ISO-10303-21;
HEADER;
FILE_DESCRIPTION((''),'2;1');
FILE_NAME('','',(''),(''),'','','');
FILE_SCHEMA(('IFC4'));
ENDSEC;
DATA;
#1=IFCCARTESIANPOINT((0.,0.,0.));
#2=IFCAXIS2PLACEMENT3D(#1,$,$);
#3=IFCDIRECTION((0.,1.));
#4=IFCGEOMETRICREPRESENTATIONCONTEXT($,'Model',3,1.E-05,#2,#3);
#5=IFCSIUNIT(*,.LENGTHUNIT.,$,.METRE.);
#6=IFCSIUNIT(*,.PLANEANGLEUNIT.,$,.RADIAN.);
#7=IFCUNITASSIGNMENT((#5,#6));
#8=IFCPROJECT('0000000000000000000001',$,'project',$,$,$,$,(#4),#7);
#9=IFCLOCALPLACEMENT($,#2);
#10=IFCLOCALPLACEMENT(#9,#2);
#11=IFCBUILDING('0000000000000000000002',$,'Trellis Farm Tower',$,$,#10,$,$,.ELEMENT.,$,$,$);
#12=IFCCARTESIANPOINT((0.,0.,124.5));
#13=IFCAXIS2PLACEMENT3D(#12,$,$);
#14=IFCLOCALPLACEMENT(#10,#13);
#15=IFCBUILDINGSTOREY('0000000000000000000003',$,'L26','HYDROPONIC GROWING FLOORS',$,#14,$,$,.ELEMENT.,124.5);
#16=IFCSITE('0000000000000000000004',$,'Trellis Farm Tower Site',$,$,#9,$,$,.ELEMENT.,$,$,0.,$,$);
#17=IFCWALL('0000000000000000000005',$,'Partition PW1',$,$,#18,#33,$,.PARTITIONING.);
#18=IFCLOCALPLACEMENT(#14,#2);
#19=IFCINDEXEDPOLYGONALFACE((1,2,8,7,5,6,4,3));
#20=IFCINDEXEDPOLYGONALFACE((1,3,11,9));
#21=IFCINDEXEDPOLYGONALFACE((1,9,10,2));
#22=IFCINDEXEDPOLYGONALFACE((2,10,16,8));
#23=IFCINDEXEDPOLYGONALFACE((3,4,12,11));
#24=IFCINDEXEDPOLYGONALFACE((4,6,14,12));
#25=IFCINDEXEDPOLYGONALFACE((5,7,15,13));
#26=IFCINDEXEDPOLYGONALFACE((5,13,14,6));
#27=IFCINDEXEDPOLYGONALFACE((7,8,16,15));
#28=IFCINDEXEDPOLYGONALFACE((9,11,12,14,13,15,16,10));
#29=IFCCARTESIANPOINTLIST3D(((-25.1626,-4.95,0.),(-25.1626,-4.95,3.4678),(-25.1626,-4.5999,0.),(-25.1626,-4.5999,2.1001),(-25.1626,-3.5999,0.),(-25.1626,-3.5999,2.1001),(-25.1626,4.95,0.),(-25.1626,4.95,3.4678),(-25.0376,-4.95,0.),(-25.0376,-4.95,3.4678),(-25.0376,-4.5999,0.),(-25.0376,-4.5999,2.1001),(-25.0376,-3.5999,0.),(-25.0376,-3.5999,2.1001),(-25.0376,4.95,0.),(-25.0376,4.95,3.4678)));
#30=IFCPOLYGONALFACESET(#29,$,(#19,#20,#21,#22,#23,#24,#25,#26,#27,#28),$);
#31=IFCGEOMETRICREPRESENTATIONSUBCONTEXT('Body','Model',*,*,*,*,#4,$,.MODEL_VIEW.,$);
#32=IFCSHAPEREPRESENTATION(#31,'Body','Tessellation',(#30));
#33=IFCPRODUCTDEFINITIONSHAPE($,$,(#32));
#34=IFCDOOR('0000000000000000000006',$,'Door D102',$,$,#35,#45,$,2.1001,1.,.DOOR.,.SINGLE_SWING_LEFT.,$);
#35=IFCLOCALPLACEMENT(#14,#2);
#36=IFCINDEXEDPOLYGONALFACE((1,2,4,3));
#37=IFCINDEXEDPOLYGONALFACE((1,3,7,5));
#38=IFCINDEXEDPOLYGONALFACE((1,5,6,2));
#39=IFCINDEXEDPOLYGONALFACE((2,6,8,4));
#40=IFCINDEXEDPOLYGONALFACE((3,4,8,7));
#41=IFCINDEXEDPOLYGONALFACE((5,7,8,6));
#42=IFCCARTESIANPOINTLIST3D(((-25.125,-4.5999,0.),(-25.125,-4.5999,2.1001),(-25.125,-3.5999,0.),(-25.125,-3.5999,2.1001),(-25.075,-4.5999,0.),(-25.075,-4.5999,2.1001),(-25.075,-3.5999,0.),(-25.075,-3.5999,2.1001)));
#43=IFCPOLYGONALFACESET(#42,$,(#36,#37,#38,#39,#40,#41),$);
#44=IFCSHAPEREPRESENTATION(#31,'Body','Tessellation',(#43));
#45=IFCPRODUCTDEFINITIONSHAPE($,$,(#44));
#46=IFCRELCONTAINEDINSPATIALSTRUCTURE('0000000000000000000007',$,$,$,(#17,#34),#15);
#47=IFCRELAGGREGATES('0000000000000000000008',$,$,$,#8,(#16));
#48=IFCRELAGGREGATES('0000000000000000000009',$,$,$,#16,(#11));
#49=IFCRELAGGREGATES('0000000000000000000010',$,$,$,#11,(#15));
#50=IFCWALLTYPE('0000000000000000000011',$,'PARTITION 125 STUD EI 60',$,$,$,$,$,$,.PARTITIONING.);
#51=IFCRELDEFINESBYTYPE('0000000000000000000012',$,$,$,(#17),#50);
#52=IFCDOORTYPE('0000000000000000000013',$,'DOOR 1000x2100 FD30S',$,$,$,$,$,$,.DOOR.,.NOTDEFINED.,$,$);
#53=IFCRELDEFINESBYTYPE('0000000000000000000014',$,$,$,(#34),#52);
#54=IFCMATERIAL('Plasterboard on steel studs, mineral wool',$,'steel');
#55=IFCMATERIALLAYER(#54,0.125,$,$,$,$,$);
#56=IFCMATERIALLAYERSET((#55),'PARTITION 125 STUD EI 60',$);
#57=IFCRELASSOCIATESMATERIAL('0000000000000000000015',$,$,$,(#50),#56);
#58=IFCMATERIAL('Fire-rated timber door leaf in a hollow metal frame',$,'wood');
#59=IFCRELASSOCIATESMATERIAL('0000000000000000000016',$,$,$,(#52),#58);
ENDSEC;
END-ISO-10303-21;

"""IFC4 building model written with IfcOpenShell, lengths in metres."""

from ifc_helpers import new_model, si_unit, direction, frame, frame_2d, origin, place, context, subcontext, project, spatial, rectangle, extrude, source, transform, mapped, material, layer, layer_set, type_object, element, fill, save


model = new_model("IFC4")

# Units and contexts
model_context = context("Model", 3, precision=1e-05, world=origin(), true_north=direction((0.0, 1.0)))
body_context = subcontext(model_context, "Body", "Model", "MODEL_VIEW")
ifc_project = project(units=[si_unit("LENGTHUNIT", "METRE"), si_unit("PLANEANGLEUNIT", "RADIAN")], contexts=[model_context])

# Site, building, storey
site_placement = place(None, origin())
site = spatial("IfcSite", under=ifc_project, at=site_placement, Name="Trellis Farm Tower Site", CompositionType="ELEMENT", RefElevation=0.0)
building_placement = place(site_placement, origin())
building = spatial("IfcBuilding", under=site, at=building_placement, Name="Trellis Farm Tower", CompositionType="ELEMENT")
storey_placement = place(building_placement, frame((0.0, 0.0, 124.5)))
storey = spatial("IfcBuildingStorey", under=building, at=storey_placement, Name="L26", Description="HYDROPONIC GROWING FLOORS", CompositionType="ELEMENT", Elevation=124.5)

# Wall, opening, door
ifc_material_1 = material(Name="Plasterboard on steel studs, mineral wool", Category="steel")
ifc_layer_1 = layer(ifc_material_1, 0.125)
ifc_layer_set_1 = layer_set([ifc_layer_1], Name="PARTITION 125 STUD EI 60")
wall_type_1 = type_object("IfcWallType", Name="PARTITION 125 STUD EI 60", PredefinedType="PARTITIONING", material=ifc_layer_set_1)
shared_shape_1 = source(origin(), body_context, "Body", "SweptSolid", [
    extrude(rectangle(XDim=9.8999, YDim=0.125, at=frame_2d((4.95, 0.0))), origin(), (0.0, 0.0, 1.0), 3.4678),
])
wall_1_placement = place(storey_placement, frame((-25.1001, -4.95, 0.0), z_axis=(0.0, 0.0, 1.0), x_axis=(0.0, 1.0, 0.0)))
wall_1 = element("IfcWall", 1, at=wall_1_placement, inside=storey, type_object=wall_type_1, Name="Partition PW1", PredefinedType="PARTITIONING", context=body_context, shape_type="MappedRepresentation", body=[
    mapped(shared_shape_1, transform((0.0, 0.0, 0.0))),
])
shared_shape_2 = source(origin(), body_context, "Body", "SweptSolid", [
    extrude(rectangle(XDim=1.0, YDim=2.1001, at=frame_2d((0.5, 1.05))), frame((0.0, 0.0725, 0.0), z_axis=(0.0, -1.0, 0.0), x_axis=(1.0, 0.0, 0.0)), (0.0, 0.0, 1.0), 0.145),
])
opening_1_placement = place(wall_1_placement, frame((0.3501, 0.0, 0.0)))
opening_1 = element("IfcOpeningElement", 2, at=opening_1_placement, cuts=wall_1, PredefinedType="OPENING", context=body_context, shape_type="MappedRepresentation", body=[
    mapped(shared_shape_2, transform((0.0, 0.0, 0.0))),
])
ifc_material_2 = material(Name="Fire-rated timber door leaf in a hollow metal frame", Category="wood")
door_type_1 = type_object("IfcDoorType", Name="DOOR 1000x2100 FD30S", OperationType="NOTDEFINED", PredefinedType="DOOR", material=ifc_material_2)
shared_shape_3 = source(origin(), body_context, "Body", "SweptSolid", [
    extrude(rectangle(XDim=1.0, YDim=2.1001, at=frame_2d((0.5, 1.05))), frame((0.0, 0.0249, 0.0), z_axis=(0.0, -1.0, 0.0), x_axis=(1.0, 0.0, 0.0)), (0.0, 0.0, 1.0), 0.05),
])
door_1_placement = place(opening_1_placement, origin())
door_1 = element("IfcDoor", 3, at=door_1_placement, inside=storey, type_object=door_type_1, Name="Door D102", OperationType="SINGLE_SWING_LEFT", OverallHeight=2.1001, OverallWidth=1.0, PredefinedType="DOOR", context=body_context, shape_type="MappedRepresentation", body=[
    mapped(shared_shape_3, transform((0.0, 0.0, 0.0))),
])
fill(opening_1, door_1)

save(model, "model.ifc")
